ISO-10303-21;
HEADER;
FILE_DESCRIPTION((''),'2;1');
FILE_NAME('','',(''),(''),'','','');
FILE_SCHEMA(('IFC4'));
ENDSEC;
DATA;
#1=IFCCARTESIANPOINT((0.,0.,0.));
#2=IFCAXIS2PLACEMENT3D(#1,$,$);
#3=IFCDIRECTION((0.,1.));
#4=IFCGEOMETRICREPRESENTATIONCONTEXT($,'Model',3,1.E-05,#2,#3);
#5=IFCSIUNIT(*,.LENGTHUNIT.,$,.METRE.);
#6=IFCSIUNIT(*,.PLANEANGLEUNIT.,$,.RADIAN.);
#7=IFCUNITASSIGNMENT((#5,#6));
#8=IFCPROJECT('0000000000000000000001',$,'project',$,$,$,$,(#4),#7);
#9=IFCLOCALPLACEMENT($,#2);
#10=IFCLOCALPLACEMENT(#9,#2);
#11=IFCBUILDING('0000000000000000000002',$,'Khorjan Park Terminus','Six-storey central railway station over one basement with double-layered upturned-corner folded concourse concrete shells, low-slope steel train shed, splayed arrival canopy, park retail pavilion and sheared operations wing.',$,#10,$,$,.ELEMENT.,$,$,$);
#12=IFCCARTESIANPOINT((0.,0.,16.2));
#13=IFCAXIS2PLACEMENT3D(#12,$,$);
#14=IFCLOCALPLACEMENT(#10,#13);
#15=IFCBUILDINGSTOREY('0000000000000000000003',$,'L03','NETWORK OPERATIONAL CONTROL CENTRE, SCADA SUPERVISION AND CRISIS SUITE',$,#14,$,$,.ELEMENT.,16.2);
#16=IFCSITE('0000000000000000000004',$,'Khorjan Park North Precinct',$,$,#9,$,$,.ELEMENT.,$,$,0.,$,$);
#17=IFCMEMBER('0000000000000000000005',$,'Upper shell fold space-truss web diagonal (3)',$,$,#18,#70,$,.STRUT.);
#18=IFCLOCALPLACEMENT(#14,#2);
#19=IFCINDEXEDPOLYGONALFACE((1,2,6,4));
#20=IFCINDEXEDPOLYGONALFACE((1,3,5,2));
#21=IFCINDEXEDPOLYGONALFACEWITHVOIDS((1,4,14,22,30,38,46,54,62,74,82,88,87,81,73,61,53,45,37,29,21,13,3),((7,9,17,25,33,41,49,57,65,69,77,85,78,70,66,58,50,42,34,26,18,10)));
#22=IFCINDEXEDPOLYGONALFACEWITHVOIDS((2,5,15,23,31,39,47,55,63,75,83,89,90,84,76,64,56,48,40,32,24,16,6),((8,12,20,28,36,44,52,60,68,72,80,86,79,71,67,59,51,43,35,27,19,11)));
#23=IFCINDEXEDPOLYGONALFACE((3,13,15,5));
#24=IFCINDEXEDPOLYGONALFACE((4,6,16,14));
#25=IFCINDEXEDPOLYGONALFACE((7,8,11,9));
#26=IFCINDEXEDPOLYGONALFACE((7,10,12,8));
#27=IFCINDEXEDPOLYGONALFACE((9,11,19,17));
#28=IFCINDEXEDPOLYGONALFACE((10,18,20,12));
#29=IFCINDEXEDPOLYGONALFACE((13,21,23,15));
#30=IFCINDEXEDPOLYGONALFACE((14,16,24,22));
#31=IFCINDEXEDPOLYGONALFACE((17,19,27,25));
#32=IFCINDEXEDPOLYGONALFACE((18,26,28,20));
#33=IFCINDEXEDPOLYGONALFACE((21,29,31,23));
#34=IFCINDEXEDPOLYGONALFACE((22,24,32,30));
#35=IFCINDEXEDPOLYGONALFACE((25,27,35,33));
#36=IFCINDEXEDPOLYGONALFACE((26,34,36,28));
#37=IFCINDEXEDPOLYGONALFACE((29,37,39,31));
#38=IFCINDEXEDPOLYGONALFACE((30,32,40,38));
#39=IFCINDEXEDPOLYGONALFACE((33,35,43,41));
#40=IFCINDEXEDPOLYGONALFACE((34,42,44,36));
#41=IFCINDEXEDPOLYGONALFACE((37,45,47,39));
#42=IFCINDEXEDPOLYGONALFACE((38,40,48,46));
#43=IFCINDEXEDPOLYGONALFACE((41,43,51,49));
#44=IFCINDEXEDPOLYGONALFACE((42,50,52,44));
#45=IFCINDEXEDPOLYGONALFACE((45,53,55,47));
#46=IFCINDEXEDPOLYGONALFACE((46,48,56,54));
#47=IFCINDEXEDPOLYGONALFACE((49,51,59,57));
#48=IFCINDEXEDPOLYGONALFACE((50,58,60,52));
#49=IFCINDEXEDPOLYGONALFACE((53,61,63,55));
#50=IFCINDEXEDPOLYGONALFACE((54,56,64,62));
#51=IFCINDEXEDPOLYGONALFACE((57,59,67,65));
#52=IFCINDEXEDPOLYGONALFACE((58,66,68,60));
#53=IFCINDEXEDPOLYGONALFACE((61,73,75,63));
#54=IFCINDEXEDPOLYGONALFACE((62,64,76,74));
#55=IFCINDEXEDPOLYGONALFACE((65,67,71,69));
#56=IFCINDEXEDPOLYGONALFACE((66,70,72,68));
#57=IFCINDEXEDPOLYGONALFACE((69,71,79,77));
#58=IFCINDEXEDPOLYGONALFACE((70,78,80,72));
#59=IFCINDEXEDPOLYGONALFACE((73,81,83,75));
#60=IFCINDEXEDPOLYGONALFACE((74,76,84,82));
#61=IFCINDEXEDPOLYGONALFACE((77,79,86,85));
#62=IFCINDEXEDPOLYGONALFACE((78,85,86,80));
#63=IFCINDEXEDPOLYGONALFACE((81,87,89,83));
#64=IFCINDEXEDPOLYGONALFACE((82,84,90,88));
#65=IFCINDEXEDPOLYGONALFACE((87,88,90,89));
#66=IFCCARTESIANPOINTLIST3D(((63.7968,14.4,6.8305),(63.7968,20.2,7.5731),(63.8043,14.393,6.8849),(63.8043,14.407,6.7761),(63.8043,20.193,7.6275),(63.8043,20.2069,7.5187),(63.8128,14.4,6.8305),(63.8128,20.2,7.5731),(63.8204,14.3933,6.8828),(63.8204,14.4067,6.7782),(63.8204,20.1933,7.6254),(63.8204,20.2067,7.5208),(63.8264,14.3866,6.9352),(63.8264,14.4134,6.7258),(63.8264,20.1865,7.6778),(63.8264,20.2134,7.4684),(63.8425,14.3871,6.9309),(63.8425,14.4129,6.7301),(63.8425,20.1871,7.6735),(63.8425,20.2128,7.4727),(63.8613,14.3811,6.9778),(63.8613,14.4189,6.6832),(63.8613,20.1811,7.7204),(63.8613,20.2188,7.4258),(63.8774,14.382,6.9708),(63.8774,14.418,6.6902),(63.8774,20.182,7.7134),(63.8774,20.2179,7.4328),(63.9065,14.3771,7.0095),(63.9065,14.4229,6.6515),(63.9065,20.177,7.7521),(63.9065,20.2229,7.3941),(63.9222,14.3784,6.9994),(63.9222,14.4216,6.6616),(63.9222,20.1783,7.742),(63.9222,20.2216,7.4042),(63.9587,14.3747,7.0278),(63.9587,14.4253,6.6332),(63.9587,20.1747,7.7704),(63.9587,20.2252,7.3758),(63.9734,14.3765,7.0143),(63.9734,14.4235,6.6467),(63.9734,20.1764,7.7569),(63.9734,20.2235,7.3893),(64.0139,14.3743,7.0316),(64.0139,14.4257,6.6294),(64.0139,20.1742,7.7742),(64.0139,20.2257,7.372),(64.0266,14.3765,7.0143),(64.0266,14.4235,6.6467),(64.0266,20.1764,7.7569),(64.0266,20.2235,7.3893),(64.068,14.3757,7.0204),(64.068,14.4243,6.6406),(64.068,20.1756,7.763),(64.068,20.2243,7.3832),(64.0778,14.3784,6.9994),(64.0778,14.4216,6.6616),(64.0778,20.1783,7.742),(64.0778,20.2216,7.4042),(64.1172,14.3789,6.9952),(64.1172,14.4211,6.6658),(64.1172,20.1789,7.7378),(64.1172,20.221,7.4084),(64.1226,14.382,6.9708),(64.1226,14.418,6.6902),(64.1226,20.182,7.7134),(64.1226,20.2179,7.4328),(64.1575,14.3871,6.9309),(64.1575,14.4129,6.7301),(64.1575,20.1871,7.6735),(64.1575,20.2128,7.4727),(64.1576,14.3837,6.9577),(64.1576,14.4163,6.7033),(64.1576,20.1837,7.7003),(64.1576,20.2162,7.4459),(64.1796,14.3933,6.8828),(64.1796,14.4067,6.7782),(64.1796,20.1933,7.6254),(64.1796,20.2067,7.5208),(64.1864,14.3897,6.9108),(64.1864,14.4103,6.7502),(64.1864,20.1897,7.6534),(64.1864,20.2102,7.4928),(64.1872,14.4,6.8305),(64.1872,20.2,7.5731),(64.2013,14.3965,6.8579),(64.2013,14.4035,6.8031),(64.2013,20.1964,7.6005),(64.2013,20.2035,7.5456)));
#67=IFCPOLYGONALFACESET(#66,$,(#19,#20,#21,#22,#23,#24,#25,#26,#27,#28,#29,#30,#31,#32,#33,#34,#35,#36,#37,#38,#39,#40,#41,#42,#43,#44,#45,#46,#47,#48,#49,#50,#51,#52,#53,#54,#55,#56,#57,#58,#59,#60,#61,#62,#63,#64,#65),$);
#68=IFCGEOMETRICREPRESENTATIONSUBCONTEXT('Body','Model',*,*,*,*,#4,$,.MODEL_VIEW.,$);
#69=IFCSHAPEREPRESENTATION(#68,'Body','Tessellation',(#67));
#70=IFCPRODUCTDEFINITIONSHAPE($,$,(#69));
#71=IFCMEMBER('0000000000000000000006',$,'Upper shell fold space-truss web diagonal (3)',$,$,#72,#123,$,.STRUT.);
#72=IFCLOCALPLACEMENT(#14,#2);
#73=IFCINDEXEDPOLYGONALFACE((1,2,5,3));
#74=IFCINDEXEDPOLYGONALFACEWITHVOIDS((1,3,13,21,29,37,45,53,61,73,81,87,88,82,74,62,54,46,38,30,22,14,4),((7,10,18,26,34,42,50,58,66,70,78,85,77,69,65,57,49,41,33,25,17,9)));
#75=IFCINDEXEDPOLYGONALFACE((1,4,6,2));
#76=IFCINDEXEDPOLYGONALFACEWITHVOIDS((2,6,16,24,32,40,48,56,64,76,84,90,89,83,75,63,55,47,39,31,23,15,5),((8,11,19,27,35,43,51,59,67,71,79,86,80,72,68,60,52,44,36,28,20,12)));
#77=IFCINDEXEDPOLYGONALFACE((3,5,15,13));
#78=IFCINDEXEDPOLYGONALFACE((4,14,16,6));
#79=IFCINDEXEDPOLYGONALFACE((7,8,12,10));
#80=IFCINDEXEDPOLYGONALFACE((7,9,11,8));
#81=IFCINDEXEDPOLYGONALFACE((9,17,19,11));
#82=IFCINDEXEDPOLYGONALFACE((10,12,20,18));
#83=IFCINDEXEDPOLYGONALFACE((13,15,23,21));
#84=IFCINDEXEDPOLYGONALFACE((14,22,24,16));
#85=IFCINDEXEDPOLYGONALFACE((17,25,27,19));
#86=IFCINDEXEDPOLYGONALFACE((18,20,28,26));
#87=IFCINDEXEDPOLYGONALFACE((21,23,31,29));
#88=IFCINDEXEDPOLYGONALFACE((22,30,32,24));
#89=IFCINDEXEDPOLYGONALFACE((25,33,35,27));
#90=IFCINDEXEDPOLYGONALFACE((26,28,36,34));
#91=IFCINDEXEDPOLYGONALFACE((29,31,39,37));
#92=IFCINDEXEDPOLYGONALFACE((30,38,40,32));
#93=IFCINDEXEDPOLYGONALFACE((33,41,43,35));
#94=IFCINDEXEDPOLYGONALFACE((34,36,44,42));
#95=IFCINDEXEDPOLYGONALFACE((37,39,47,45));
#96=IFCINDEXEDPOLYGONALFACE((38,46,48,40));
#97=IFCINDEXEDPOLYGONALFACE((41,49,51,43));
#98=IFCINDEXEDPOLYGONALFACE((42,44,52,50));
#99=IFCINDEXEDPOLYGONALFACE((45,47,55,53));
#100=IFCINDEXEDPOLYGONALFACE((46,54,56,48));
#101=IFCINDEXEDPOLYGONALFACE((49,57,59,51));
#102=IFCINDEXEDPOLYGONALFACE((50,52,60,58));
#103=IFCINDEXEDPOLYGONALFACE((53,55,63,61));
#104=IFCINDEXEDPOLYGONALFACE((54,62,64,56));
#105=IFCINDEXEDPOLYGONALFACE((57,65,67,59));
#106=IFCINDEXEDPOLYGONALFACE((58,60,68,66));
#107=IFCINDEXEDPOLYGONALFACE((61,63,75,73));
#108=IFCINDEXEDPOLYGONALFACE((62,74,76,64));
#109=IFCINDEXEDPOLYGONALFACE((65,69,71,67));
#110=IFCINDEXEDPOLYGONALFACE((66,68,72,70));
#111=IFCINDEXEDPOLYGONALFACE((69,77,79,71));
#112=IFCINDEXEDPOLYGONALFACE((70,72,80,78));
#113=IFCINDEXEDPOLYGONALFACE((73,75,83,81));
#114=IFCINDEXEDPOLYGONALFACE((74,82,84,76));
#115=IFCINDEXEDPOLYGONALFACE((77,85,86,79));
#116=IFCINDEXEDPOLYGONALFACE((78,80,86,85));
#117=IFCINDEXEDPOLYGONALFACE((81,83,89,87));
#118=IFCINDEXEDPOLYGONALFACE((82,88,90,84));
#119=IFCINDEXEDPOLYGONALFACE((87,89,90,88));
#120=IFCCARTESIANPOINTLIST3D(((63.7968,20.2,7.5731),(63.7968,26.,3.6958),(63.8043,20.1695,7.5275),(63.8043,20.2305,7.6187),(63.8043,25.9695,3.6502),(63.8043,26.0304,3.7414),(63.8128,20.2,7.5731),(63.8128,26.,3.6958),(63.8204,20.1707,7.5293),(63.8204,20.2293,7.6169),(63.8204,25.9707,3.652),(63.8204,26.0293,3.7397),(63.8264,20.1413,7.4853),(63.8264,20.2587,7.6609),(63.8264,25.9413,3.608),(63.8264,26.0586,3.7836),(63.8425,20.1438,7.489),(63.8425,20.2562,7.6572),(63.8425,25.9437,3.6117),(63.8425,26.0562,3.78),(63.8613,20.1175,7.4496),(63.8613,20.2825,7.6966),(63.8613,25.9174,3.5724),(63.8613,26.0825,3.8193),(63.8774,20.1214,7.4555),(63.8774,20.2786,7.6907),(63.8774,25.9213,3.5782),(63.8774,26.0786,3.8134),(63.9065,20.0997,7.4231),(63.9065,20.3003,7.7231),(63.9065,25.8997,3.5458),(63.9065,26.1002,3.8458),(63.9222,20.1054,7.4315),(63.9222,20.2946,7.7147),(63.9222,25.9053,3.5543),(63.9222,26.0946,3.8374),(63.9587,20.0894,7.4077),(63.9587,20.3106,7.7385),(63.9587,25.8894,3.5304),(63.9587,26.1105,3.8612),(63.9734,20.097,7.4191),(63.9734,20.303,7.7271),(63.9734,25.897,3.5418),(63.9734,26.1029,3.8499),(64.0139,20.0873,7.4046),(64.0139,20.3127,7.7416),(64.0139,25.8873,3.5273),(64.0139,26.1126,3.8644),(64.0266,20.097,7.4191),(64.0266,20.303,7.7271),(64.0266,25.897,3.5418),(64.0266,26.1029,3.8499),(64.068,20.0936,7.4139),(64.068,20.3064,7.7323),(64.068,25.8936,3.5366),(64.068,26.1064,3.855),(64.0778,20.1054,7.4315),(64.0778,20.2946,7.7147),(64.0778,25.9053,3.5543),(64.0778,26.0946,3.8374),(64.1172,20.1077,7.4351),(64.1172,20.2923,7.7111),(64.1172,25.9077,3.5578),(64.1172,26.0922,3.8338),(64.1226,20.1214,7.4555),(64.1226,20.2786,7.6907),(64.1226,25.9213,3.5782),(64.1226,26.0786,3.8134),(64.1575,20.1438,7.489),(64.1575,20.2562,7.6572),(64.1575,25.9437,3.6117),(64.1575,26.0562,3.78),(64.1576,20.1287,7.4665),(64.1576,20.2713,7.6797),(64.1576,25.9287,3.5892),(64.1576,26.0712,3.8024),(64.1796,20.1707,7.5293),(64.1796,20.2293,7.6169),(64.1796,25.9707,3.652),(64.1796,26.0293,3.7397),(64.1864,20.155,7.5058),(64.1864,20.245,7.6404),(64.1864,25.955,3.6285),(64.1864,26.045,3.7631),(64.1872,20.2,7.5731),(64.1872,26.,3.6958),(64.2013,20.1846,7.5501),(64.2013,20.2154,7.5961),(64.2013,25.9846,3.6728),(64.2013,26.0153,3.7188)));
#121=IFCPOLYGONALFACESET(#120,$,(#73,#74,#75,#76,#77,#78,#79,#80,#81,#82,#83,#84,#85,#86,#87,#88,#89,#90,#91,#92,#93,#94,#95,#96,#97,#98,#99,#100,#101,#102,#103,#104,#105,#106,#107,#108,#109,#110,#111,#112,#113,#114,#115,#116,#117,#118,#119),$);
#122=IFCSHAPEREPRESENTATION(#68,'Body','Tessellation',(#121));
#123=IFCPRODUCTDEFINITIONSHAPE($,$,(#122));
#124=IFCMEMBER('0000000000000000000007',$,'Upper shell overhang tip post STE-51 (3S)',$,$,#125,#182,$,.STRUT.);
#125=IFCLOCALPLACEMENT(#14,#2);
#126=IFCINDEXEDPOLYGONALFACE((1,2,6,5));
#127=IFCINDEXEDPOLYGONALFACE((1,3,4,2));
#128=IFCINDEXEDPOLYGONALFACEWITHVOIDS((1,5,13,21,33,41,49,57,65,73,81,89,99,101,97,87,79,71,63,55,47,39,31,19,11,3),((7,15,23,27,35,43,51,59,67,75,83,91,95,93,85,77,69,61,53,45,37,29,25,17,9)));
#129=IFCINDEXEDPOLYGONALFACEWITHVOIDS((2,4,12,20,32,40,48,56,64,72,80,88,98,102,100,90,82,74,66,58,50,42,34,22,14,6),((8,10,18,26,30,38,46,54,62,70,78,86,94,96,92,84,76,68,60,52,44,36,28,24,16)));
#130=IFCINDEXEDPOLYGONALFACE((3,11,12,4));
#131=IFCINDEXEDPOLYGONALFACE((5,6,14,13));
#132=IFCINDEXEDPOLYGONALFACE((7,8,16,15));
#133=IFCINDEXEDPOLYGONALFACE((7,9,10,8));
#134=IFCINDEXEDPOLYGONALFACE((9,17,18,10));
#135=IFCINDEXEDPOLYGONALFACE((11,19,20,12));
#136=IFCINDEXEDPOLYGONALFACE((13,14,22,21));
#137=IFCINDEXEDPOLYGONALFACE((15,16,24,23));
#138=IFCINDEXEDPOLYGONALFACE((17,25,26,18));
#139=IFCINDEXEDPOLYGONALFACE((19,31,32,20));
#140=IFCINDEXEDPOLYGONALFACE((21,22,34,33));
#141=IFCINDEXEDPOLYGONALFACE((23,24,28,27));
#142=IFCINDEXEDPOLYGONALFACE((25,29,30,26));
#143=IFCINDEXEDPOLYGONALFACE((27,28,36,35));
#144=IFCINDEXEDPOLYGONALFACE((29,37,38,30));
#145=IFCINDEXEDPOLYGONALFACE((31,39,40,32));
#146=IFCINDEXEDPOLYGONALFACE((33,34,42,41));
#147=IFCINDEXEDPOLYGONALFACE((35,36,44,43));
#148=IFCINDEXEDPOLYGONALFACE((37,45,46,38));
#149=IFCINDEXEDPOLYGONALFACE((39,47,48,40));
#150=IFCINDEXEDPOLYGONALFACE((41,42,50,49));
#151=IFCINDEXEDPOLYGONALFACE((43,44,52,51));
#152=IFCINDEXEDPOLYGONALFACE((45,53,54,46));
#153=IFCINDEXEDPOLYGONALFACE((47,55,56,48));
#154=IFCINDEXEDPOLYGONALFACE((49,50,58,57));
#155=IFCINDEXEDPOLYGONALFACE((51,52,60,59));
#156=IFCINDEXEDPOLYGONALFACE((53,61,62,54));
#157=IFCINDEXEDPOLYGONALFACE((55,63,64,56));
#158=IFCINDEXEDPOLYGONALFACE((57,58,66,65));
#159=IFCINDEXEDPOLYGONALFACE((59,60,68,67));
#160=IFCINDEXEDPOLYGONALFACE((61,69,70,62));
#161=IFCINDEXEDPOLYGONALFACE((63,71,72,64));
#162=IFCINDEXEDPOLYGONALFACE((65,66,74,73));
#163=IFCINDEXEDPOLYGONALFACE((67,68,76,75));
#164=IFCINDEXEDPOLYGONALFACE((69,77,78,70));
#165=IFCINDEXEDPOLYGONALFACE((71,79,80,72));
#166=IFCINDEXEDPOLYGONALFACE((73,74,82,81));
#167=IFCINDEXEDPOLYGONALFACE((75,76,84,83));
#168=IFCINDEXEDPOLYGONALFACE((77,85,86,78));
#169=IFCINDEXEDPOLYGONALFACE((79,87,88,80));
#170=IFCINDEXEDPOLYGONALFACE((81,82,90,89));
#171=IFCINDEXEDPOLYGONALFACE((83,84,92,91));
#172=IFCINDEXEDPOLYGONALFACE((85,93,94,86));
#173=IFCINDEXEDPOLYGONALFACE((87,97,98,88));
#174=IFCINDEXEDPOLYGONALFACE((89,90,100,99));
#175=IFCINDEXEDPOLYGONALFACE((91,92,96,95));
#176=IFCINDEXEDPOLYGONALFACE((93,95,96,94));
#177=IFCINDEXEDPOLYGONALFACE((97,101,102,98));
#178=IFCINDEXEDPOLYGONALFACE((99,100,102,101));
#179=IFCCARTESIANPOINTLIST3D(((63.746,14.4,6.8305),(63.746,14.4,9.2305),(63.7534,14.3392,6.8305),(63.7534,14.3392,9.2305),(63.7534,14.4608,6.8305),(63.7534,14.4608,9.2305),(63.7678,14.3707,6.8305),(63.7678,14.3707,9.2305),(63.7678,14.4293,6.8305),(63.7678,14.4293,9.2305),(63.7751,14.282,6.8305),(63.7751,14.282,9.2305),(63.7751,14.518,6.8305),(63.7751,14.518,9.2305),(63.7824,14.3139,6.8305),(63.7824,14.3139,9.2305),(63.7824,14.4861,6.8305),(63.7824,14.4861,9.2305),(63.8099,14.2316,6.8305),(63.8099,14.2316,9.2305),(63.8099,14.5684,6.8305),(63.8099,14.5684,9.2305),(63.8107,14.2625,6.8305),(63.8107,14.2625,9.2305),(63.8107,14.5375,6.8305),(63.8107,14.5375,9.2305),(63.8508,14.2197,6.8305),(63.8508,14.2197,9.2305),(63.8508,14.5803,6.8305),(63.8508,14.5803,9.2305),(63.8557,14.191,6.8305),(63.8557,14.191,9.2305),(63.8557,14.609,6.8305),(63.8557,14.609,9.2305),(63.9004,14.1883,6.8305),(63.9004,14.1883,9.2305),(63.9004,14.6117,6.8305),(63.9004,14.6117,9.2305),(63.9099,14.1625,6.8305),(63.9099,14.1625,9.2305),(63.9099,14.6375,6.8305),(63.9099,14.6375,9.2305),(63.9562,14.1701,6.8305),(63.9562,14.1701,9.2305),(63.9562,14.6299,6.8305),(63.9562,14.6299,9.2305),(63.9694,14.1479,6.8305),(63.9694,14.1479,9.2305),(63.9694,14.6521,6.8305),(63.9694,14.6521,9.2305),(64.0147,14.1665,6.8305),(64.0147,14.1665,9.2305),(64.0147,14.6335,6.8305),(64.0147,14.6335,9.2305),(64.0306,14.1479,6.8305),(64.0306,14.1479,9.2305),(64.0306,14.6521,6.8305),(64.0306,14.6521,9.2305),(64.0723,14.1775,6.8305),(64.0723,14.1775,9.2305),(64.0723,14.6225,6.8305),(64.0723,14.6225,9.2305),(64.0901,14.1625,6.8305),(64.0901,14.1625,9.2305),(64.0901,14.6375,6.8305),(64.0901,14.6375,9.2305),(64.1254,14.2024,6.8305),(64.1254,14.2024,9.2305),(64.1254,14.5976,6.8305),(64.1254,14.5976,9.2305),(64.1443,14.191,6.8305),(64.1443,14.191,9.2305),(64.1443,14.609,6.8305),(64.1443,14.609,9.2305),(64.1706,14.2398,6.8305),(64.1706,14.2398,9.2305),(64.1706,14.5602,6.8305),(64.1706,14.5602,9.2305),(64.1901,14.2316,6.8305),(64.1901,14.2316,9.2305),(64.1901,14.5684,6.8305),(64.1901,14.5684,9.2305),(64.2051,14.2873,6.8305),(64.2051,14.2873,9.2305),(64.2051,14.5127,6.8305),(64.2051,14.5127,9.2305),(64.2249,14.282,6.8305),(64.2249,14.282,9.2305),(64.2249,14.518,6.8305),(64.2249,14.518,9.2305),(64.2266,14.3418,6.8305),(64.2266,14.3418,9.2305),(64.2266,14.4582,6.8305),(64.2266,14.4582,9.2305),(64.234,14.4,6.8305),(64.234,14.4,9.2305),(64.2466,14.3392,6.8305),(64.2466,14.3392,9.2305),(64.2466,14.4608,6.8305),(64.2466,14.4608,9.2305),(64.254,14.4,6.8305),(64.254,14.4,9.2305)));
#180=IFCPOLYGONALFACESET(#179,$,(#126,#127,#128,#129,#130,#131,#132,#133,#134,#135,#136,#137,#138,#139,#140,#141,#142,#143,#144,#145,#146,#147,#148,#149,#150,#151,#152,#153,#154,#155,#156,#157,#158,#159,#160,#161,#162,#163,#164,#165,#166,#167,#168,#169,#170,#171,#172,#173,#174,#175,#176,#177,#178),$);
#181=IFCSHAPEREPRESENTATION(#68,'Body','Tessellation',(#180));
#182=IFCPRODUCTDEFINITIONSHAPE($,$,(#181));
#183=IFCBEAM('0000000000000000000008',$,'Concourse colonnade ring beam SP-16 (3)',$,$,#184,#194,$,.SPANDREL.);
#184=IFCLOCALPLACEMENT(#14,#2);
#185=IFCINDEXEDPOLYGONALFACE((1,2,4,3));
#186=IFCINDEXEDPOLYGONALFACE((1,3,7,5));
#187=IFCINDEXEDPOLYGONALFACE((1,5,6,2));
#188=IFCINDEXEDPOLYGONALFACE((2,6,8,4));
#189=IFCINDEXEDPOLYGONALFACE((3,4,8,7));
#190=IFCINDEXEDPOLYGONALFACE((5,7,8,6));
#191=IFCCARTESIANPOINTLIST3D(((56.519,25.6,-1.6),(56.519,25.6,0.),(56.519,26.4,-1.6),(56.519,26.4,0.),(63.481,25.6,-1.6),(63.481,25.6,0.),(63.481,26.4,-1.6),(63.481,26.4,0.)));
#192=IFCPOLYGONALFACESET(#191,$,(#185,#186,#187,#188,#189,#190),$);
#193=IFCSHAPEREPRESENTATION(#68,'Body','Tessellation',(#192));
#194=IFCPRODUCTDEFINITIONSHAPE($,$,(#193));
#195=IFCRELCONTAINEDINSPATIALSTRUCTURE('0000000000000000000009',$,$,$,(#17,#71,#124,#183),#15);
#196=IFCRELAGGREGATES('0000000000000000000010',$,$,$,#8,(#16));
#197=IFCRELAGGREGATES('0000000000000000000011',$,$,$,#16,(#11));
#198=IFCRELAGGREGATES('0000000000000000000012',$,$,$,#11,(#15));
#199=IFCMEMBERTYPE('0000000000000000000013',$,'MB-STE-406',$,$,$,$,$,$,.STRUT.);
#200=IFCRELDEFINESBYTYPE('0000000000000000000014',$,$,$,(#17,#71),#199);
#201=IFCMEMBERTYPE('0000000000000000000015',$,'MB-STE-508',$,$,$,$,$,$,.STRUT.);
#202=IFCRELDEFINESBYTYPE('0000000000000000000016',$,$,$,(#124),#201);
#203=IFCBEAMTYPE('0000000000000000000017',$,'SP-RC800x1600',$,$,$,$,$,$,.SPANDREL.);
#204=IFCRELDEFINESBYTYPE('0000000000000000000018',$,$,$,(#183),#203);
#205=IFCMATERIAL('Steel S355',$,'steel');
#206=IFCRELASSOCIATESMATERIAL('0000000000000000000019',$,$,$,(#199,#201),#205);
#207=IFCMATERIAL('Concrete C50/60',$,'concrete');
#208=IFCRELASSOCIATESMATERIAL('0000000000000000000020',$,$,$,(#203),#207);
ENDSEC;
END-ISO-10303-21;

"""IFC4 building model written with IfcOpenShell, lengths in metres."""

from ifc_helpers import new_model, si_unit, direction, frame, origin, origin_2d, place, context, subcontext, project, spatial, rectangle, hollow_circle, extrude, material, material_profile, profile_set, type_object, element, save


model = new_model("IFC4")

# Units and contexts
model_context = context("Model", 3, precision=1e-05, world=origin(), true_north=direction((0.0, 1.0)))
body_context = subcontext(model_context, "Body", "Model", "MODEL_VIEW")
ifc_project = project(units=[si_unit("LENGTHUNIT", "METRE"), si_unit("PLANEANGLEUNIT", "RADIAN")], contexts=[model_context])

# Site, building, storey
site_placement = place(None, origin())
site = spatial("IfcSite", under=ifc_project, at=site_placement, Name="Khorjan Park North Precinct", CompositionType="ELEMENT", RefElevation=0.0)
building_placement = place(site_placement, origin())
building = spatial("IfcBuilding", under=site, at=building_placement, Name="Khorjan Park Terminus", Description="Six-storey central railway station over one basement with double-layered upturned-corner folded concourse concrete shells, low-slope steel train shed, splayed arrival canopy, park retail pavilion and sheared operations wing.", CompositionType="ELEMENT")
storey_placement = place(building_placement, frame((0.0, 0.0, 16.2)))
storey = spatial("IfcBuildingStorey", under=building, at=storey_placement, Name="L03", Description="NETWORK OPERATIONAL CONTROL CENTRE, SCADA SUPERVISION AND CRISIS SUITE", CompositionType="ELEMENT", Elevation=16.2)

# Shared definitions
ifc_material_1 = material(Name="Concrete C50/60", Category="concrete")

# Members
ifc_material_2 = material(Name="Steel S355", Category="steel")
ifc_material_profile_1 = material_profile(ifc_material_2, hollow_circle(Radius=0.2032, WallThickness=0.016, at=origin_2d()), Name="CHS 406.4x16")
ifc_profile_set_1 = profile_set([ifc_material_profile_1], Name="Steel S355")
member_type_1 = type_object("IfcMemberType", Name="MB-STE-406", PredefinedType="STRUT", material=ifc_profile_set_1)
member_1_placement = place(storey_placement, frame((64.0, 14.4, 6.8305), z_axis=(0.0, 0.991903, 0.126998), x_axis=(-1.0, 0.0, 0.0)))
element("IfcMember", 1, at=member_1_placement, inside=storey, type_object=member_type_1, Name="Upper shell fold space-truss web diagonal (3)", PredefinedType="STRUT", context=body_context, shape_type="SweptSolid", body=[
    extrude(hollow_circle(Radius=0.2032, WallThickness=0.016, at=origin_2d()), origin(), (0.0, 0.0, 1.0), 5.8473),
])
member_2_placement = place(storey_placement, frame((64.0, 20.2, 7.5731), z_axis=(0.0, 0.831346, -0.555755), x_axis=(-1.0, 0.0, 0.0)))
element("IfcMember", 2, at=member_2_placement, inside=storey, type_object=member_type_1, Name="Upper shell fold space-truss web diagonal (3)", PredefinedType="STRUT", context=body_context, shape_type="SweptSolid", body=[
    extrude(hollow_circle(Radius=0.2032, WallThickness=0.016, at=origin_2d()), origin(), (0.0, 0.0, 1.0), 6.9766),
])
ifc_material_profile_2 = material_profile(ifc_material_2, hollow_circle(Radius=0.254, WallThickness=0.02, at=origin_2d()), Name="CHS 508x20")
ifc_profile_set_2 = profile_set([ifc_material_profile_2], Name="Steel S355")
member_type_2 = type_object("IfcMemberType", Name="MB-STE-508", PredefinedType="STRUT", material=ifc_profile_set_2)
member_3_placement = place(storey_placement, frame((64.0, 14.4, 6.8305), z_axis=(0.0, 0.0, 1.0), x_axis=(1.0, 0.0, 0.0)))
element("IfcMember", 3, at=member_3_placement, inside=storey, type_object=member_type_2, Name="Upper shell overhang tip post STE-51 (3S)", PredefinedType="STRUT", context=body_context, shape_type="SweptSolid", body=[
    extrude(hollow_circle(Radius=0.254, WallThickness=0.02, at=origin_2d()), origin(), (0.0, 0.0, 1.0), 2.4),
])

# Beam
ifc_material_profile_3 = material_profile(ifc_material_1, rectangle(XDim=0.8, YDim=1.6, at=origin_2d()), Name="RC 800x1600")
ifc_profile_set_3 = profile_set([ifc_material_profile_3], Name="Concrete C50/60")
beam_type_1 = type_object("IfcBeamType", Name="SP-RC800x1600", PredefinedType="SPANDREL", material=ifc_profile_set_3)
beam_1_placement = place(storey_placement, frame((56.519, 26.0, -0.8), z_axis=(1.0, 0.0, 0.0), x_axis=(0.0, 1.0, 0.0)))
element("IfcBeam", 4, at=beam_1_placement, inside=storey, type_object=beam_type_1, Name="Concourse colonnade ring beam SP-16 (3)", PredefinedType="SPANDREL", context=body_context, shape_type="SweptSolid", body=[
    extrude(rectangle(XDim=0.8, YDim=1.6, at=origin_2d()), origin(), (0.0, 0.0, 1.0), 6.962),
])

save(model, "model.ifc")
